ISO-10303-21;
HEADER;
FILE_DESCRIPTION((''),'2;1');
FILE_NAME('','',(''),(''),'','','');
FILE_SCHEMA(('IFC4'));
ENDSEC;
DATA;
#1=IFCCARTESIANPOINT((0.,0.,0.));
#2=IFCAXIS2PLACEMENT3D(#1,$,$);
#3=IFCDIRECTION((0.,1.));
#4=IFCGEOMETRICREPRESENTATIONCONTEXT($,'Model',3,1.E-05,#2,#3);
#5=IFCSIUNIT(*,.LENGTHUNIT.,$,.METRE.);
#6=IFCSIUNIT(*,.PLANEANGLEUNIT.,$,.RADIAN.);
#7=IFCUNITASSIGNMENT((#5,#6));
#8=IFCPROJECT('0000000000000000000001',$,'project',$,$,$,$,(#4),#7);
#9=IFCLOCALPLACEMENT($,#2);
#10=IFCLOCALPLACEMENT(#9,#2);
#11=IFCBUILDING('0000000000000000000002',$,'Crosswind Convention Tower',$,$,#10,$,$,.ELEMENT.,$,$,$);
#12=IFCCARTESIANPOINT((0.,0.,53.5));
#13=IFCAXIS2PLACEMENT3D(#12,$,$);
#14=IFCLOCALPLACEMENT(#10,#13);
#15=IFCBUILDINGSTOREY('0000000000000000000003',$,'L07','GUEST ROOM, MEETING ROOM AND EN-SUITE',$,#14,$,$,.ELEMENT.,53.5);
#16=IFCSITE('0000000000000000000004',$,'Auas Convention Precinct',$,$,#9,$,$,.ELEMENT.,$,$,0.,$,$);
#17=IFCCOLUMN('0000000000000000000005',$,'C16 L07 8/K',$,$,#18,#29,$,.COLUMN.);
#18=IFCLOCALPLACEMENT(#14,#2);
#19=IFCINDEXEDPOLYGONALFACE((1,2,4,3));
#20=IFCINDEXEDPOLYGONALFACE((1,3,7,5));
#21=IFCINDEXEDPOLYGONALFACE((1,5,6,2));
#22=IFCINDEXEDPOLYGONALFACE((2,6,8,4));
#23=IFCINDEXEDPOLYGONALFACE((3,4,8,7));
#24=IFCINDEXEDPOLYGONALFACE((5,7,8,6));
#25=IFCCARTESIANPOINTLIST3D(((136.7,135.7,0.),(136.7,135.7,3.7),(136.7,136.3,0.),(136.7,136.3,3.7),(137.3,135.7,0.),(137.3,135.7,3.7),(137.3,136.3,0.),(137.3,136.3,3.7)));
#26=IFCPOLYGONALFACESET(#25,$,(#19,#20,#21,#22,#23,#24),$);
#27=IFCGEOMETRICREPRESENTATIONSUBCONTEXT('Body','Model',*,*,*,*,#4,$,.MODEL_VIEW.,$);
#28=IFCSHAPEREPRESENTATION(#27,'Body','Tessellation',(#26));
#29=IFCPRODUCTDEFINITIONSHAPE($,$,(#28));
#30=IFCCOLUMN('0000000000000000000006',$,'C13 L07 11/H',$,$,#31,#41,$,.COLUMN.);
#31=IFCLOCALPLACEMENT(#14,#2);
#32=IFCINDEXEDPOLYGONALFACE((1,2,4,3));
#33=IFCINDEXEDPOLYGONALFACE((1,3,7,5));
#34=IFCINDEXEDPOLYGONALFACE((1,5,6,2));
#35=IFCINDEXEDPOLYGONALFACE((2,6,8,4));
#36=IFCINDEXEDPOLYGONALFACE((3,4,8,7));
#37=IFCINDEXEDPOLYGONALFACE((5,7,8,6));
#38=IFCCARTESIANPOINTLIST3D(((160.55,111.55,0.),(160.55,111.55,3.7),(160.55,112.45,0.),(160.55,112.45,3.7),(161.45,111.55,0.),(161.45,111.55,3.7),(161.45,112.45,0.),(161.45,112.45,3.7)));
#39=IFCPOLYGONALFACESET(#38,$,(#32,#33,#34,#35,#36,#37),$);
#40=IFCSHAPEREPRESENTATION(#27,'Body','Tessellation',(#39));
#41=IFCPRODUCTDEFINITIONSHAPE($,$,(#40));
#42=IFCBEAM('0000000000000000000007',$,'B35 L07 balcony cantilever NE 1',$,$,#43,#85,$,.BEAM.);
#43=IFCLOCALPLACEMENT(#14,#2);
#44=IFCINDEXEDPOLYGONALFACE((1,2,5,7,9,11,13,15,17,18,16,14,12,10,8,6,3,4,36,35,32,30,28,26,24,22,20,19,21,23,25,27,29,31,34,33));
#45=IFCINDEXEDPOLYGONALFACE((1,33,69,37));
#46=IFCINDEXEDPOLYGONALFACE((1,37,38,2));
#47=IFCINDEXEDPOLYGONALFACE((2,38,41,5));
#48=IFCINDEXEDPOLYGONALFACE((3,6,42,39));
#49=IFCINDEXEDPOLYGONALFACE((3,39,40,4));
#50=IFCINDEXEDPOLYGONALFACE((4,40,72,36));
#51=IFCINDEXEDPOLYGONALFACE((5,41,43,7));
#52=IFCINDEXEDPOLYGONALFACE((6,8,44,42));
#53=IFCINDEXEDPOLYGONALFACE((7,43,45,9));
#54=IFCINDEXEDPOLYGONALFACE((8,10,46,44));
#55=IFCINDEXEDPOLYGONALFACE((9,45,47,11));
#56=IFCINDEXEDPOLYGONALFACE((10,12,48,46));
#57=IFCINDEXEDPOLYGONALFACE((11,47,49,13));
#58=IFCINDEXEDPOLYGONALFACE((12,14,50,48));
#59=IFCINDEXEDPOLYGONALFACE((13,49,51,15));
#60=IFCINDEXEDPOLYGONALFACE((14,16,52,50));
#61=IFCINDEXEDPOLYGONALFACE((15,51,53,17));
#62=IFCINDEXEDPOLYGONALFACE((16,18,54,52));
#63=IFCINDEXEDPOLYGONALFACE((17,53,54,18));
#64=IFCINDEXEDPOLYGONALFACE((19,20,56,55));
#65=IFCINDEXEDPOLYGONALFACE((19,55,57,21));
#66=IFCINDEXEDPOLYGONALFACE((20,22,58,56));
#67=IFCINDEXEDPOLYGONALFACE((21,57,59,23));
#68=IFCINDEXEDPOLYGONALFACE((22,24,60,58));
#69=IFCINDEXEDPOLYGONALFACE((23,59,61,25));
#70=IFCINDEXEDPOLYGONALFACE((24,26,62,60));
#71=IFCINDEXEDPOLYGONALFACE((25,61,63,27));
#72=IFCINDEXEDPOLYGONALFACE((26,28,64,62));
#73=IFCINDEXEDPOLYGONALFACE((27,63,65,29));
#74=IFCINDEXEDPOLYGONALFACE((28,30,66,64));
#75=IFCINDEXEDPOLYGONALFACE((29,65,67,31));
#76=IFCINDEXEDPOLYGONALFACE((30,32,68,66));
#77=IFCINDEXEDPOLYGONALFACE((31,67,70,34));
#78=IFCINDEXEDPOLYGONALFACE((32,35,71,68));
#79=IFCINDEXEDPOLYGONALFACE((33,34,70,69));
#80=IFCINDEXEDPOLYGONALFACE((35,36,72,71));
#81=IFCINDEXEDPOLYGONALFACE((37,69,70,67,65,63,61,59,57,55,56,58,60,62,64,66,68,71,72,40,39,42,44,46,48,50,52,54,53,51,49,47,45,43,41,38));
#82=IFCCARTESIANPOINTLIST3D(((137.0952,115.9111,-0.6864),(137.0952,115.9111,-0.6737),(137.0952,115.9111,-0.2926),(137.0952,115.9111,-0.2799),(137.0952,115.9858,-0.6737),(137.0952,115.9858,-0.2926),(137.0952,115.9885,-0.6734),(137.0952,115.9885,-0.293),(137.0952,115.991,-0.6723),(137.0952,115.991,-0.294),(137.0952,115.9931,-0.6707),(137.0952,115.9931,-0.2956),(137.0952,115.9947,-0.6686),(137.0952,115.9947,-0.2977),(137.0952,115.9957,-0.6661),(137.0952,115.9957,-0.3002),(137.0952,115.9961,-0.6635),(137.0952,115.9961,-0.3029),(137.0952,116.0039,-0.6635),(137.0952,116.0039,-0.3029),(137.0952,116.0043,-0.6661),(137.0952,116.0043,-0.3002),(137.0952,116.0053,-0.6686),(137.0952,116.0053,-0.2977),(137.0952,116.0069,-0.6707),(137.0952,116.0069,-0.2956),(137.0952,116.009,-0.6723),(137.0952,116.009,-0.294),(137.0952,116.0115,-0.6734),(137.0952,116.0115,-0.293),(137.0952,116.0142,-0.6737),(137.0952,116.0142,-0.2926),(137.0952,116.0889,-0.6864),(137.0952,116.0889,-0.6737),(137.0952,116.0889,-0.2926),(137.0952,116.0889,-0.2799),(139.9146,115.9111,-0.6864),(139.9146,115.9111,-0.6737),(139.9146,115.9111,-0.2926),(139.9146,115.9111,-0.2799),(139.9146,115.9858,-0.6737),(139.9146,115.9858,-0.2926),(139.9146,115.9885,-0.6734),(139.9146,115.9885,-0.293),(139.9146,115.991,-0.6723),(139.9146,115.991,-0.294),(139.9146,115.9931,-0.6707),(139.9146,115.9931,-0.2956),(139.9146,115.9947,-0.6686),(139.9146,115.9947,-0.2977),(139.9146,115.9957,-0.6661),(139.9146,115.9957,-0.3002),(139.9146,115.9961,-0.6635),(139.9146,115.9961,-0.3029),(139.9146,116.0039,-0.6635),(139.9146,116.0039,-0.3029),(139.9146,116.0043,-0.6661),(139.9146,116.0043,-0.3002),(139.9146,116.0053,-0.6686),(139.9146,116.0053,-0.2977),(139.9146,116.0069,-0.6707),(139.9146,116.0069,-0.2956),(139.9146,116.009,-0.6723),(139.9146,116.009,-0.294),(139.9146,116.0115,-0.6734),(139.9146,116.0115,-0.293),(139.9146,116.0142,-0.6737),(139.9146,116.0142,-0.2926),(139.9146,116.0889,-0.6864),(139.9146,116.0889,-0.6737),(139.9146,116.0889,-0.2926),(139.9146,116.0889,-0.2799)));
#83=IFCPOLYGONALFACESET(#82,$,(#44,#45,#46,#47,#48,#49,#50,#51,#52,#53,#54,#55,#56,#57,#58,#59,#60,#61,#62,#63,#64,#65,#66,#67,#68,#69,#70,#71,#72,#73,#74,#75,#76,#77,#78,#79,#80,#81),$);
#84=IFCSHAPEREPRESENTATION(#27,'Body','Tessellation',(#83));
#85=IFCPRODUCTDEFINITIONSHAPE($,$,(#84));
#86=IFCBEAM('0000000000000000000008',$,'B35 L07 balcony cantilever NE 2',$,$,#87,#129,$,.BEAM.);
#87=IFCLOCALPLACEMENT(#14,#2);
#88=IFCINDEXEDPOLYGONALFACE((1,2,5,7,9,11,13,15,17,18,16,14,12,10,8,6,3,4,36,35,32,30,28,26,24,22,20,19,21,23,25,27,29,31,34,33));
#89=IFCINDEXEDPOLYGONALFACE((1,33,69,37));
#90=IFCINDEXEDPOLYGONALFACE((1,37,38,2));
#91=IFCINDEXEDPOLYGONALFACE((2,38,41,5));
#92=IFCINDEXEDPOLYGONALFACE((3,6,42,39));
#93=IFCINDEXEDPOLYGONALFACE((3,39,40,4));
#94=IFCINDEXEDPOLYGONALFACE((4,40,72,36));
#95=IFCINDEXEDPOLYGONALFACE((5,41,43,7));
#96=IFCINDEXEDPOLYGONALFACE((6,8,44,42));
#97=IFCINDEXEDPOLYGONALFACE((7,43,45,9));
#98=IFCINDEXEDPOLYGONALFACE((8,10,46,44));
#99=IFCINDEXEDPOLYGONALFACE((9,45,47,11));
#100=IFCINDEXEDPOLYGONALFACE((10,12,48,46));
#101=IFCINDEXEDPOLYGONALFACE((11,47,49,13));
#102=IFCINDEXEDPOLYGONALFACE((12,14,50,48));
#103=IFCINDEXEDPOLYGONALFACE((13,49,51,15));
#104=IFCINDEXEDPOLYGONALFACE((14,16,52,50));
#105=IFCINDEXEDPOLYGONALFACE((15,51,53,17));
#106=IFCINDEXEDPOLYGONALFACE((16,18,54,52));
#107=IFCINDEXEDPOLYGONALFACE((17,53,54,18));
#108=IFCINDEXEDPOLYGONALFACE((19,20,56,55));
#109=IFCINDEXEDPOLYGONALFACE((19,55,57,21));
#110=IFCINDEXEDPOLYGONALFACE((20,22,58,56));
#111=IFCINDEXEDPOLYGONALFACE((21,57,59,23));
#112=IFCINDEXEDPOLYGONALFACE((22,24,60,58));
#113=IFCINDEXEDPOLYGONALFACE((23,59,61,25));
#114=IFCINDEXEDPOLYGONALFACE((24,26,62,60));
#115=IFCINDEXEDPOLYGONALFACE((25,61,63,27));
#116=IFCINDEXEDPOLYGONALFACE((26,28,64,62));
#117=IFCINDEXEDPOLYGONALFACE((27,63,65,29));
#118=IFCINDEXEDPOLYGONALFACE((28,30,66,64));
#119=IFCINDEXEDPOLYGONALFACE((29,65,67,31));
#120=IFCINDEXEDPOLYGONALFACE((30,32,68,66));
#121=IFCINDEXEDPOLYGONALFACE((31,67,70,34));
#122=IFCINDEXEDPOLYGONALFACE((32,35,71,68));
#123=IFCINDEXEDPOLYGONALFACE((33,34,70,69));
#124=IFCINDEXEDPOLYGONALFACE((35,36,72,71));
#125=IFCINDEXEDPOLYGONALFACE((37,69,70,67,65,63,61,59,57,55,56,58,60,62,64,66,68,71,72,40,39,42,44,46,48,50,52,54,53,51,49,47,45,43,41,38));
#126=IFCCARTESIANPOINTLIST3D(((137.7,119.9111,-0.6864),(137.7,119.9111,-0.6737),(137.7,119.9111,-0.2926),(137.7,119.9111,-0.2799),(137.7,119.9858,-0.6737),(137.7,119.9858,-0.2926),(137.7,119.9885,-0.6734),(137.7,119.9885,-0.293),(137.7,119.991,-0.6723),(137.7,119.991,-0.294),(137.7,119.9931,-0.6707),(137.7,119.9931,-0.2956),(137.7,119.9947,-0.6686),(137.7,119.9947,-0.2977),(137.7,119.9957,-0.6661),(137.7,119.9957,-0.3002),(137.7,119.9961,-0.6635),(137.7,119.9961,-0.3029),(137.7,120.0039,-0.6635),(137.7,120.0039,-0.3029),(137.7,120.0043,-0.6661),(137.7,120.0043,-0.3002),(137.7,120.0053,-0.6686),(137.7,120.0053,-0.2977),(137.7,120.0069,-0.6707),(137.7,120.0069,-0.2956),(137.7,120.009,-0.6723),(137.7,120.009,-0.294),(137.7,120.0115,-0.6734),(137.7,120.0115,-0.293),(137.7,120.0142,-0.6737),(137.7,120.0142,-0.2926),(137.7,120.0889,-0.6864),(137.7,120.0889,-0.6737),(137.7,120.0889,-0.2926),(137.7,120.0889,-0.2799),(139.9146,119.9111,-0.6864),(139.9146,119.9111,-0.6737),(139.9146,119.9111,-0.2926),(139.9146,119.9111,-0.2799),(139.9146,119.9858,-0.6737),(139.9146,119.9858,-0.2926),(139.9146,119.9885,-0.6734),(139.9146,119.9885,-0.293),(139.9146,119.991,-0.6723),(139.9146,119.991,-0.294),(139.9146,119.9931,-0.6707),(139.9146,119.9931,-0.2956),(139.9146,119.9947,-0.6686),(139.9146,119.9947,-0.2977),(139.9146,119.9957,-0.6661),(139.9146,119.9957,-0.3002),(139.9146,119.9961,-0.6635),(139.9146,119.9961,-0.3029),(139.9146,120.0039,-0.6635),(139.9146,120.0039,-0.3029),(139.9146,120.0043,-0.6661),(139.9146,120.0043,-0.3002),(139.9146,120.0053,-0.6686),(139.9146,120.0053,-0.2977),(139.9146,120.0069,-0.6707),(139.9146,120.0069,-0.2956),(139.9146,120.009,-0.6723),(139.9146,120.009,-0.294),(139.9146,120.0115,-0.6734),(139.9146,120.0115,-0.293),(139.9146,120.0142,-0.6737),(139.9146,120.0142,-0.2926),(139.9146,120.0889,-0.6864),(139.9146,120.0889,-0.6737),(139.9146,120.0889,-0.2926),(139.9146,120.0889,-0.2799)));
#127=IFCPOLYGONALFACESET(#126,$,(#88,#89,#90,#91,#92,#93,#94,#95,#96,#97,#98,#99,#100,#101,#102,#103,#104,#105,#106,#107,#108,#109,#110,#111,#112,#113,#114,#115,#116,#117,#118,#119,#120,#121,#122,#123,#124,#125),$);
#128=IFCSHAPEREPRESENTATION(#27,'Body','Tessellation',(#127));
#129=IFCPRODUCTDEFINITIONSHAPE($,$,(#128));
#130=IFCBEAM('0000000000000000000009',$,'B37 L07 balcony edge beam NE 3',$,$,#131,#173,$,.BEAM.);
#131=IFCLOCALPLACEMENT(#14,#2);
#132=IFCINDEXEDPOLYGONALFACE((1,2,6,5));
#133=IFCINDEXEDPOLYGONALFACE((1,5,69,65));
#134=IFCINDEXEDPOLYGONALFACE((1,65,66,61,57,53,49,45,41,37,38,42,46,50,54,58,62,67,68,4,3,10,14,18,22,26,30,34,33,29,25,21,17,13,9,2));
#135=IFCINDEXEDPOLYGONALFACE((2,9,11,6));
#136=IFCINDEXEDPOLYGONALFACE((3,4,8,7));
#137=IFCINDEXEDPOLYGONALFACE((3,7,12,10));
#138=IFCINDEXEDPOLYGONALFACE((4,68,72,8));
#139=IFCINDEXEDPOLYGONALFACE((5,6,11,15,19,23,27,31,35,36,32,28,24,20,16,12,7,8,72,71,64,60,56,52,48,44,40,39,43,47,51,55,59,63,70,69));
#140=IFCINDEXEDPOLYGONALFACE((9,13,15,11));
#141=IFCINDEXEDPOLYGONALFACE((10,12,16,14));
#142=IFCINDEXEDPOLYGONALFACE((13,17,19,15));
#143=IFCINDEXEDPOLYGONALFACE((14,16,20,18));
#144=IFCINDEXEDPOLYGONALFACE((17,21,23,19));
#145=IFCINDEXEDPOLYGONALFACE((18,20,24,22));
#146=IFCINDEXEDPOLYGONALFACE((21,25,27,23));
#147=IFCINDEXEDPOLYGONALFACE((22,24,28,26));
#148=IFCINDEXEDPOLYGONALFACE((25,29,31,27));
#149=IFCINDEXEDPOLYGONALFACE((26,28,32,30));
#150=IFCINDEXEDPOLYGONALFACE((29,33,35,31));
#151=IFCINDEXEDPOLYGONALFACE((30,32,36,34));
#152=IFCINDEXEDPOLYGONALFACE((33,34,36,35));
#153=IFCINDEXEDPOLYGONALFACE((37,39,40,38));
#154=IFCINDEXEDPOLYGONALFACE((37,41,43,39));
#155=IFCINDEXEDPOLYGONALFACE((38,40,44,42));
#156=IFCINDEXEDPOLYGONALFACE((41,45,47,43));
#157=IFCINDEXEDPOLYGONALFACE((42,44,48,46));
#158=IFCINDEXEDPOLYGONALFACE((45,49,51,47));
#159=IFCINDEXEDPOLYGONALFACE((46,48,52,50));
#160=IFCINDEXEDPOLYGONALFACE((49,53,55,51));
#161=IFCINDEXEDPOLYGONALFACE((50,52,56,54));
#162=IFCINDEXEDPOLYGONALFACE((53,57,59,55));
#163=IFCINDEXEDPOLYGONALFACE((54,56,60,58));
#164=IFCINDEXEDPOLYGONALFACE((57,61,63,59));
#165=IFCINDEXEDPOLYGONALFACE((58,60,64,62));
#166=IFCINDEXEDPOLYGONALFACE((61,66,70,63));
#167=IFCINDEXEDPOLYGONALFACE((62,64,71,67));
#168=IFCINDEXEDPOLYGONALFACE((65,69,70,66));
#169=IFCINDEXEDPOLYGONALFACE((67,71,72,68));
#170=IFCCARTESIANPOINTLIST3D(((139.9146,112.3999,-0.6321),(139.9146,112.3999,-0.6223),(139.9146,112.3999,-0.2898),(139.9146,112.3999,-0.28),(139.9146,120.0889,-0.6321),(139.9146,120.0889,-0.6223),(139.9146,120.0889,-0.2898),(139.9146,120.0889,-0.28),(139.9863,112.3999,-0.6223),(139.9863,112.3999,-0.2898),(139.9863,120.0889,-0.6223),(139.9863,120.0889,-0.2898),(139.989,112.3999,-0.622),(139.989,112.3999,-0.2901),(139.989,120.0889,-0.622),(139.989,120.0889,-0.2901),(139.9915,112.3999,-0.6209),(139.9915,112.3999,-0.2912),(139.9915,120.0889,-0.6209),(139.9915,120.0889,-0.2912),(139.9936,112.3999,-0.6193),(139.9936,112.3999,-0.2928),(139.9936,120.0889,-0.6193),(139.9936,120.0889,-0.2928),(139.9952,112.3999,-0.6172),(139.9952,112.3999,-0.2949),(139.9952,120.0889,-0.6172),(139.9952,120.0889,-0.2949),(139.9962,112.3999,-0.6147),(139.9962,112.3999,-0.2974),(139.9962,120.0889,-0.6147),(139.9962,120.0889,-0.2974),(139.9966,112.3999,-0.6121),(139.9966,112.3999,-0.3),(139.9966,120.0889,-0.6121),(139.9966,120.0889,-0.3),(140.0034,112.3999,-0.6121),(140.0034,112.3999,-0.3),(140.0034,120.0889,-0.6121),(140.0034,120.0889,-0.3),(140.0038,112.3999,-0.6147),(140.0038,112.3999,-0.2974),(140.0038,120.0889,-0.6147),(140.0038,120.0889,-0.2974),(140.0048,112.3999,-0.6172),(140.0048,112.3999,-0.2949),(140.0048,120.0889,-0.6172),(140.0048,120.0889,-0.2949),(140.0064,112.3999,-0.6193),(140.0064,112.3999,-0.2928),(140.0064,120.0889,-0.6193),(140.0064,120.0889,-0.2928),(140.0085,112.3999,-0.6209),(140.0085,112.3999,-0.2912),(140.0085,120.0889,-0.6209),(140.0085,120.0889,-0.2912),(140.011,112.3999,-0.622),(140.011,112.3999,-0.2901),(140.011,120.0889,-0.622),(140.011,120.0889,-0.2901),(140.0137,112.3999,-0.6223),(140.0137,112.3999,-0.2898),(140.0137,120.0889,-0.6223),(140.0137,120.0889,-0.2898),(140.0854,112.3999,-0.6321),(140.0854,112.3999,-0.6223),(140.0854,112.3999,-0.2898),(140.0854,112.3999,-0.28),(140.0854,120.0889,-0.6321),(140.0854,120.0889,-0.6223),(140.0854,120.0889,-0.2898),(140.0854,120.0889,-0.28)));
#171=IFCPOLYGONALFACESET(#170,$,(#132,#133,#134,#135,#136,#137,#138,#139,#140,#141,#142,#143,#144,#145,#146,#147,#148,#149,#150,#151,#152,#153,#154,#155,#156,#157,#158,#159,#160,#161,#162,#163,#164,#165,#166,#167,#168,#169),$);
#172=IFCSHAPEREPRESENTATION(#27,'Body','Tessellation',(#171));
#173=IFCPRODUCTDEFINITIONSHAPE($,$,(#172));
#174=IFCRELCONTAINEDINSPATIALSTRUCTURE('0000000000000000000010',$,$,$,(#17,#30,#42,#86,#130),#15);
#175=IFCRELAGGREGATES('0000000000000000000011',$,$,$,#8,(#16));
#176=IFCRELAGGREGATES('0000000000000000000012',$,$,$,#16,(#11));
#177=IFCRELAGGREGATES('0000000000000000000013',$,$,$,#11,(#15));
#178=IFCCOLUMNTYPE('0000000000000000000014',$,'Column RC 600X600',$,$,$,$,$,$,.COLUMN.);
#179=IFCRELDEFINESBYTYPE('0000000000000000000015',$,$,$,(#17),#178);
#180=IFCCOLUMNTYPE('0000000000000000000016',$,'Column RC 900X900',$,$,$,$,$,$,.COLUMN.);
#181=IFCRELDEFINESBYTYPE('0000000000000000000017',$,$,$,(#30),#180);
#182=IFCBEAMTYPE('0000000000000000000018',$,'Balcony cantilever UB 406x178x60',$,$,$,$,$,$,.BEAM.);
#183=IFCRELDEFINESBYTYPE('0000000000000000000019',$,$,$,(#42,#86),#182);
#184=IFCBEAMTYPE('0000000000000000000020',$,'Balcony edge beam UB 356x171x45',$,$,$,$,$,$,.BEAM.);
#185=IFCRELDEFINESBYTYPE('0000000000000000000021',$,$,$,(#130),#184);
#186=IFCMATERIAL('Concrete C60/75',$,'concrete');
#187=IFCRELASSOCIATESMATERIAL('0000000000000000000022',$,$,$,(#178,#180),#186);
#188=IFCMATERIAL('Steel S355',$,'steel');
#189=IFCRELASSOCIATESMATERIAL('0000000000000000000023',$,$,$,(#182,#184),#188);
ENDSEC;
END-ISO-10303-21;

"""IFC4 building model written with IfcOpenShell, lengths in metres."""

from ifc_helpers import new_model, si_unit, direction, frame, origin, origin_2d, place, context, subcontext, project, spatial, rectangle, i_section, extrude, material, material_profile, profile_set, type_object, element, save


model = new_model("IFC4")

# Units and contexts
model_context = context("Model", 3, precision=1e-05, world=origin(), true_north=direction((0.0, 1.0)))
body_context = subcontext(model_context, "Body", "Model", "MODEL_VIEW")
ifc_project = project(units=[si_unit("LENGTHUNIT", "METRE"), si_unit("PLANEANGLEUNIT", "RADIAN")], contexts=[model_context])

# Site, building, storey
site_placement = place(None, origin())
site = spatial("IfcSite", under=ifc_project, at=site_placement, Name="Auas Convention Precinct", CompositionType="ELEMENT", RefElevation=0.0)
building_placement = place(site_placement, origin())
building = spatial("IfcBuilding", under=site, at=building_placement, Name="Crosswind Convention Tower", CompositionType="ELEMENT")
storey_placement = place(building_placement, frame((0.0, 0.0, 53.5)))
storey = spatial("IfcBuildingStorey", under=building, at=storey_placement, Name="L07", Description="GUEST ROOM, MEETING ROOM AND EN-SUITE", CompositionType="ELEMENT", Elevation=53.5)

# Columns
ifc_material_1 = material(Name="Concrete C60/75", Category="concrete")
ifc_material_profile_1 = material_profile(ifc_material_1, rectangle(XDim=0.6001, YDim=0.6001, at=origin_2d()), Name="RC 600X600")
ifc_profile_set_1 = profile_set([ifc_material_profile_1], Name="Concrete C60/75")
column_type_1 = type_object("IfcColumnType", Name="Column RC 600X600", PredefinedType="COLUMN", material=ifc_profile_set_1)
column_1_placement = place(storey_placement, frame((137.0, 136.0, 0.0), z_axis=(0.0, 0.0, 1.0), x_axis=(1.0, 0.0, 0.0)))
element("IfcColumn", 1, at=column_1_placement, inside=storey, type_object=column_type_1, Name="C16 L07 8/K", PredefinedType="COLUMN", context=body_context, shape_type="SweptSolid", body=[
    extrude(rectangle(XDim=0.6001, YDim=0.6001, at=origin_2d()), origin(), (0.0, 0.0, 1.0), 3.7),
])
ifc_material_profile_2 = material_profile(ifc_material_1, rectangle(XDim=0.8999, YDim=0.8999, at=origin_2d()), Name="RC 900X900")
ifc_profile_set_2 = profile_set([ifc_material_profile_2], Name="Concrete C60/75")
column_type_2 = type_object("IfcColumnType", Name="Column RC 900X900", PredefinedType="COLUMN", material=ifc_profile_set_2)
column_2_placement = place(storey_placement, frame((161.0, 112.0, 0.0), z_axis=(0.0, 0.0, 1.0), x_axis=(1.0, 0.0, 0.0)))
element("IfcColumn", 2, at=column_2_placement, inside=storey, type_object=column_type_2, Name="C13 L07 11/H", PredefinedType="COLUMN", context=body_context, shape_type="SweptSolid", body=[
    extrude(rectangle(XDim=0.8999, YDim=0.8999, at=origin_2d()), origin(), (0.0, 0.0, 1.0), 3.7),
])

# Beams
ifc_material_2 = material(Name="Steel S355", Category="steel")
ifc_material_profile_3 = material_profile(ifc_material_2, i_section(OverallWidth=0.1777, OverallDepth=0.4065, WebThickness=0.0078, FlangeThickness=0.0127, FilletRadius=0.0103, at=origin_2d()), Name="UB 406x178x60")
ifc_profile_set_3 = profile_set([ifc_material_profile_3], Name="Steel S355")
beam_type_1 = type_object("IfcBeamType", Name="Balcony cantilever UB 406x178x60", PredefinedType="BEAM", material=ifc_profile_set_3)
beam_1_placement = place(storey_placement, frame((137.0952, 116.0, -0.4832), z_axis=(1.0, 0.0, 0.0), x_axis=(0.0, 1.0, 0.0)))
element("IfcBeam", 3, at=beam_1_placement, inside=storey, type_object=beam_type_1, Name="B35 L07 balcony cantilever NE 1", PredefinedType="BEAM", context=body_context, shape_type="SweptSolid", body=[
    extrude(i_section(OverallWidth=0.1777, OverallDepth=0.4065, WebThickness=0.0078, FlangeThickness=0.0127, FilletRadius=0.0103, at=origin_2d()), origin(), (0.0, 0.0, 1.0), 2.8193),
])
beam_2_placement = place(storey_placement, frame((137.7, 120.0, -0.4832), z_axis=(1.0, 0.0, 0.0), x_axis=(0.0, 1.0, 0.0)))
element("IfcBeam", 4, at=beam_2_placement, inside=storey, type_object=beam_type_1, Name="B35 L07 balcony cantilever NE 2", PredefinedType="BEAM", context=body_context, shape_type="SweptSolid", body=[
    extrude(i_section(OverallWidth=0.1777, OverallDepth=0.4065, WebThickness=0.0078, FlangeThickness=0.0127, FilletRadius=0.0103, at=origin_2d()), origin(), (0.0, 0.0, 1.0), 2.2146),
])
ifc_material_profile_4 = material_profile(ifc_material_2, i_section(OverallWidth=0.1709, OverallDepth=0.3521, WebThickness=0.0068, FlangeThickness=0.0098, FilletRadius=0.0103, at=origin_2d()), Name="UB 356x171x45")
ifc_profile_set_4 = profile_set([ifc_material_profile_4], Name="Steel S355")
beam_type_2 = type_object("IfcBeamType", Name="Balcony edge beam UB 356x171x45", PredefinedType="BEAM", material=ifc_profile_set_4)
beam_3_placement = place(storey_placement, frame((140.0, 112.3999, -0.4561), z_axis=(0.0, 1.0, 0.0), x_axis=(-1.0, 0.0, 0.0)))
element("IfcBeam", 5, at=beam_3_placement, inside=storey, type_object=beam_type_2, Name="B37 L07 balcony edge beam NE 3", PredefinedType="BEAM", context=body_context, shape_type="SweptSolid", body=[
    extrude(i_section(OverallWidth=0.1709, OverallDepth=0.3521, WebThickness=0.0068, FlangeThickness=0.0098, FilletRadius=0.0103, at=origin_2d()), origin(), (0.0, 0.0, 1.0), 7.689),
])

save(model, "model.ifc")
